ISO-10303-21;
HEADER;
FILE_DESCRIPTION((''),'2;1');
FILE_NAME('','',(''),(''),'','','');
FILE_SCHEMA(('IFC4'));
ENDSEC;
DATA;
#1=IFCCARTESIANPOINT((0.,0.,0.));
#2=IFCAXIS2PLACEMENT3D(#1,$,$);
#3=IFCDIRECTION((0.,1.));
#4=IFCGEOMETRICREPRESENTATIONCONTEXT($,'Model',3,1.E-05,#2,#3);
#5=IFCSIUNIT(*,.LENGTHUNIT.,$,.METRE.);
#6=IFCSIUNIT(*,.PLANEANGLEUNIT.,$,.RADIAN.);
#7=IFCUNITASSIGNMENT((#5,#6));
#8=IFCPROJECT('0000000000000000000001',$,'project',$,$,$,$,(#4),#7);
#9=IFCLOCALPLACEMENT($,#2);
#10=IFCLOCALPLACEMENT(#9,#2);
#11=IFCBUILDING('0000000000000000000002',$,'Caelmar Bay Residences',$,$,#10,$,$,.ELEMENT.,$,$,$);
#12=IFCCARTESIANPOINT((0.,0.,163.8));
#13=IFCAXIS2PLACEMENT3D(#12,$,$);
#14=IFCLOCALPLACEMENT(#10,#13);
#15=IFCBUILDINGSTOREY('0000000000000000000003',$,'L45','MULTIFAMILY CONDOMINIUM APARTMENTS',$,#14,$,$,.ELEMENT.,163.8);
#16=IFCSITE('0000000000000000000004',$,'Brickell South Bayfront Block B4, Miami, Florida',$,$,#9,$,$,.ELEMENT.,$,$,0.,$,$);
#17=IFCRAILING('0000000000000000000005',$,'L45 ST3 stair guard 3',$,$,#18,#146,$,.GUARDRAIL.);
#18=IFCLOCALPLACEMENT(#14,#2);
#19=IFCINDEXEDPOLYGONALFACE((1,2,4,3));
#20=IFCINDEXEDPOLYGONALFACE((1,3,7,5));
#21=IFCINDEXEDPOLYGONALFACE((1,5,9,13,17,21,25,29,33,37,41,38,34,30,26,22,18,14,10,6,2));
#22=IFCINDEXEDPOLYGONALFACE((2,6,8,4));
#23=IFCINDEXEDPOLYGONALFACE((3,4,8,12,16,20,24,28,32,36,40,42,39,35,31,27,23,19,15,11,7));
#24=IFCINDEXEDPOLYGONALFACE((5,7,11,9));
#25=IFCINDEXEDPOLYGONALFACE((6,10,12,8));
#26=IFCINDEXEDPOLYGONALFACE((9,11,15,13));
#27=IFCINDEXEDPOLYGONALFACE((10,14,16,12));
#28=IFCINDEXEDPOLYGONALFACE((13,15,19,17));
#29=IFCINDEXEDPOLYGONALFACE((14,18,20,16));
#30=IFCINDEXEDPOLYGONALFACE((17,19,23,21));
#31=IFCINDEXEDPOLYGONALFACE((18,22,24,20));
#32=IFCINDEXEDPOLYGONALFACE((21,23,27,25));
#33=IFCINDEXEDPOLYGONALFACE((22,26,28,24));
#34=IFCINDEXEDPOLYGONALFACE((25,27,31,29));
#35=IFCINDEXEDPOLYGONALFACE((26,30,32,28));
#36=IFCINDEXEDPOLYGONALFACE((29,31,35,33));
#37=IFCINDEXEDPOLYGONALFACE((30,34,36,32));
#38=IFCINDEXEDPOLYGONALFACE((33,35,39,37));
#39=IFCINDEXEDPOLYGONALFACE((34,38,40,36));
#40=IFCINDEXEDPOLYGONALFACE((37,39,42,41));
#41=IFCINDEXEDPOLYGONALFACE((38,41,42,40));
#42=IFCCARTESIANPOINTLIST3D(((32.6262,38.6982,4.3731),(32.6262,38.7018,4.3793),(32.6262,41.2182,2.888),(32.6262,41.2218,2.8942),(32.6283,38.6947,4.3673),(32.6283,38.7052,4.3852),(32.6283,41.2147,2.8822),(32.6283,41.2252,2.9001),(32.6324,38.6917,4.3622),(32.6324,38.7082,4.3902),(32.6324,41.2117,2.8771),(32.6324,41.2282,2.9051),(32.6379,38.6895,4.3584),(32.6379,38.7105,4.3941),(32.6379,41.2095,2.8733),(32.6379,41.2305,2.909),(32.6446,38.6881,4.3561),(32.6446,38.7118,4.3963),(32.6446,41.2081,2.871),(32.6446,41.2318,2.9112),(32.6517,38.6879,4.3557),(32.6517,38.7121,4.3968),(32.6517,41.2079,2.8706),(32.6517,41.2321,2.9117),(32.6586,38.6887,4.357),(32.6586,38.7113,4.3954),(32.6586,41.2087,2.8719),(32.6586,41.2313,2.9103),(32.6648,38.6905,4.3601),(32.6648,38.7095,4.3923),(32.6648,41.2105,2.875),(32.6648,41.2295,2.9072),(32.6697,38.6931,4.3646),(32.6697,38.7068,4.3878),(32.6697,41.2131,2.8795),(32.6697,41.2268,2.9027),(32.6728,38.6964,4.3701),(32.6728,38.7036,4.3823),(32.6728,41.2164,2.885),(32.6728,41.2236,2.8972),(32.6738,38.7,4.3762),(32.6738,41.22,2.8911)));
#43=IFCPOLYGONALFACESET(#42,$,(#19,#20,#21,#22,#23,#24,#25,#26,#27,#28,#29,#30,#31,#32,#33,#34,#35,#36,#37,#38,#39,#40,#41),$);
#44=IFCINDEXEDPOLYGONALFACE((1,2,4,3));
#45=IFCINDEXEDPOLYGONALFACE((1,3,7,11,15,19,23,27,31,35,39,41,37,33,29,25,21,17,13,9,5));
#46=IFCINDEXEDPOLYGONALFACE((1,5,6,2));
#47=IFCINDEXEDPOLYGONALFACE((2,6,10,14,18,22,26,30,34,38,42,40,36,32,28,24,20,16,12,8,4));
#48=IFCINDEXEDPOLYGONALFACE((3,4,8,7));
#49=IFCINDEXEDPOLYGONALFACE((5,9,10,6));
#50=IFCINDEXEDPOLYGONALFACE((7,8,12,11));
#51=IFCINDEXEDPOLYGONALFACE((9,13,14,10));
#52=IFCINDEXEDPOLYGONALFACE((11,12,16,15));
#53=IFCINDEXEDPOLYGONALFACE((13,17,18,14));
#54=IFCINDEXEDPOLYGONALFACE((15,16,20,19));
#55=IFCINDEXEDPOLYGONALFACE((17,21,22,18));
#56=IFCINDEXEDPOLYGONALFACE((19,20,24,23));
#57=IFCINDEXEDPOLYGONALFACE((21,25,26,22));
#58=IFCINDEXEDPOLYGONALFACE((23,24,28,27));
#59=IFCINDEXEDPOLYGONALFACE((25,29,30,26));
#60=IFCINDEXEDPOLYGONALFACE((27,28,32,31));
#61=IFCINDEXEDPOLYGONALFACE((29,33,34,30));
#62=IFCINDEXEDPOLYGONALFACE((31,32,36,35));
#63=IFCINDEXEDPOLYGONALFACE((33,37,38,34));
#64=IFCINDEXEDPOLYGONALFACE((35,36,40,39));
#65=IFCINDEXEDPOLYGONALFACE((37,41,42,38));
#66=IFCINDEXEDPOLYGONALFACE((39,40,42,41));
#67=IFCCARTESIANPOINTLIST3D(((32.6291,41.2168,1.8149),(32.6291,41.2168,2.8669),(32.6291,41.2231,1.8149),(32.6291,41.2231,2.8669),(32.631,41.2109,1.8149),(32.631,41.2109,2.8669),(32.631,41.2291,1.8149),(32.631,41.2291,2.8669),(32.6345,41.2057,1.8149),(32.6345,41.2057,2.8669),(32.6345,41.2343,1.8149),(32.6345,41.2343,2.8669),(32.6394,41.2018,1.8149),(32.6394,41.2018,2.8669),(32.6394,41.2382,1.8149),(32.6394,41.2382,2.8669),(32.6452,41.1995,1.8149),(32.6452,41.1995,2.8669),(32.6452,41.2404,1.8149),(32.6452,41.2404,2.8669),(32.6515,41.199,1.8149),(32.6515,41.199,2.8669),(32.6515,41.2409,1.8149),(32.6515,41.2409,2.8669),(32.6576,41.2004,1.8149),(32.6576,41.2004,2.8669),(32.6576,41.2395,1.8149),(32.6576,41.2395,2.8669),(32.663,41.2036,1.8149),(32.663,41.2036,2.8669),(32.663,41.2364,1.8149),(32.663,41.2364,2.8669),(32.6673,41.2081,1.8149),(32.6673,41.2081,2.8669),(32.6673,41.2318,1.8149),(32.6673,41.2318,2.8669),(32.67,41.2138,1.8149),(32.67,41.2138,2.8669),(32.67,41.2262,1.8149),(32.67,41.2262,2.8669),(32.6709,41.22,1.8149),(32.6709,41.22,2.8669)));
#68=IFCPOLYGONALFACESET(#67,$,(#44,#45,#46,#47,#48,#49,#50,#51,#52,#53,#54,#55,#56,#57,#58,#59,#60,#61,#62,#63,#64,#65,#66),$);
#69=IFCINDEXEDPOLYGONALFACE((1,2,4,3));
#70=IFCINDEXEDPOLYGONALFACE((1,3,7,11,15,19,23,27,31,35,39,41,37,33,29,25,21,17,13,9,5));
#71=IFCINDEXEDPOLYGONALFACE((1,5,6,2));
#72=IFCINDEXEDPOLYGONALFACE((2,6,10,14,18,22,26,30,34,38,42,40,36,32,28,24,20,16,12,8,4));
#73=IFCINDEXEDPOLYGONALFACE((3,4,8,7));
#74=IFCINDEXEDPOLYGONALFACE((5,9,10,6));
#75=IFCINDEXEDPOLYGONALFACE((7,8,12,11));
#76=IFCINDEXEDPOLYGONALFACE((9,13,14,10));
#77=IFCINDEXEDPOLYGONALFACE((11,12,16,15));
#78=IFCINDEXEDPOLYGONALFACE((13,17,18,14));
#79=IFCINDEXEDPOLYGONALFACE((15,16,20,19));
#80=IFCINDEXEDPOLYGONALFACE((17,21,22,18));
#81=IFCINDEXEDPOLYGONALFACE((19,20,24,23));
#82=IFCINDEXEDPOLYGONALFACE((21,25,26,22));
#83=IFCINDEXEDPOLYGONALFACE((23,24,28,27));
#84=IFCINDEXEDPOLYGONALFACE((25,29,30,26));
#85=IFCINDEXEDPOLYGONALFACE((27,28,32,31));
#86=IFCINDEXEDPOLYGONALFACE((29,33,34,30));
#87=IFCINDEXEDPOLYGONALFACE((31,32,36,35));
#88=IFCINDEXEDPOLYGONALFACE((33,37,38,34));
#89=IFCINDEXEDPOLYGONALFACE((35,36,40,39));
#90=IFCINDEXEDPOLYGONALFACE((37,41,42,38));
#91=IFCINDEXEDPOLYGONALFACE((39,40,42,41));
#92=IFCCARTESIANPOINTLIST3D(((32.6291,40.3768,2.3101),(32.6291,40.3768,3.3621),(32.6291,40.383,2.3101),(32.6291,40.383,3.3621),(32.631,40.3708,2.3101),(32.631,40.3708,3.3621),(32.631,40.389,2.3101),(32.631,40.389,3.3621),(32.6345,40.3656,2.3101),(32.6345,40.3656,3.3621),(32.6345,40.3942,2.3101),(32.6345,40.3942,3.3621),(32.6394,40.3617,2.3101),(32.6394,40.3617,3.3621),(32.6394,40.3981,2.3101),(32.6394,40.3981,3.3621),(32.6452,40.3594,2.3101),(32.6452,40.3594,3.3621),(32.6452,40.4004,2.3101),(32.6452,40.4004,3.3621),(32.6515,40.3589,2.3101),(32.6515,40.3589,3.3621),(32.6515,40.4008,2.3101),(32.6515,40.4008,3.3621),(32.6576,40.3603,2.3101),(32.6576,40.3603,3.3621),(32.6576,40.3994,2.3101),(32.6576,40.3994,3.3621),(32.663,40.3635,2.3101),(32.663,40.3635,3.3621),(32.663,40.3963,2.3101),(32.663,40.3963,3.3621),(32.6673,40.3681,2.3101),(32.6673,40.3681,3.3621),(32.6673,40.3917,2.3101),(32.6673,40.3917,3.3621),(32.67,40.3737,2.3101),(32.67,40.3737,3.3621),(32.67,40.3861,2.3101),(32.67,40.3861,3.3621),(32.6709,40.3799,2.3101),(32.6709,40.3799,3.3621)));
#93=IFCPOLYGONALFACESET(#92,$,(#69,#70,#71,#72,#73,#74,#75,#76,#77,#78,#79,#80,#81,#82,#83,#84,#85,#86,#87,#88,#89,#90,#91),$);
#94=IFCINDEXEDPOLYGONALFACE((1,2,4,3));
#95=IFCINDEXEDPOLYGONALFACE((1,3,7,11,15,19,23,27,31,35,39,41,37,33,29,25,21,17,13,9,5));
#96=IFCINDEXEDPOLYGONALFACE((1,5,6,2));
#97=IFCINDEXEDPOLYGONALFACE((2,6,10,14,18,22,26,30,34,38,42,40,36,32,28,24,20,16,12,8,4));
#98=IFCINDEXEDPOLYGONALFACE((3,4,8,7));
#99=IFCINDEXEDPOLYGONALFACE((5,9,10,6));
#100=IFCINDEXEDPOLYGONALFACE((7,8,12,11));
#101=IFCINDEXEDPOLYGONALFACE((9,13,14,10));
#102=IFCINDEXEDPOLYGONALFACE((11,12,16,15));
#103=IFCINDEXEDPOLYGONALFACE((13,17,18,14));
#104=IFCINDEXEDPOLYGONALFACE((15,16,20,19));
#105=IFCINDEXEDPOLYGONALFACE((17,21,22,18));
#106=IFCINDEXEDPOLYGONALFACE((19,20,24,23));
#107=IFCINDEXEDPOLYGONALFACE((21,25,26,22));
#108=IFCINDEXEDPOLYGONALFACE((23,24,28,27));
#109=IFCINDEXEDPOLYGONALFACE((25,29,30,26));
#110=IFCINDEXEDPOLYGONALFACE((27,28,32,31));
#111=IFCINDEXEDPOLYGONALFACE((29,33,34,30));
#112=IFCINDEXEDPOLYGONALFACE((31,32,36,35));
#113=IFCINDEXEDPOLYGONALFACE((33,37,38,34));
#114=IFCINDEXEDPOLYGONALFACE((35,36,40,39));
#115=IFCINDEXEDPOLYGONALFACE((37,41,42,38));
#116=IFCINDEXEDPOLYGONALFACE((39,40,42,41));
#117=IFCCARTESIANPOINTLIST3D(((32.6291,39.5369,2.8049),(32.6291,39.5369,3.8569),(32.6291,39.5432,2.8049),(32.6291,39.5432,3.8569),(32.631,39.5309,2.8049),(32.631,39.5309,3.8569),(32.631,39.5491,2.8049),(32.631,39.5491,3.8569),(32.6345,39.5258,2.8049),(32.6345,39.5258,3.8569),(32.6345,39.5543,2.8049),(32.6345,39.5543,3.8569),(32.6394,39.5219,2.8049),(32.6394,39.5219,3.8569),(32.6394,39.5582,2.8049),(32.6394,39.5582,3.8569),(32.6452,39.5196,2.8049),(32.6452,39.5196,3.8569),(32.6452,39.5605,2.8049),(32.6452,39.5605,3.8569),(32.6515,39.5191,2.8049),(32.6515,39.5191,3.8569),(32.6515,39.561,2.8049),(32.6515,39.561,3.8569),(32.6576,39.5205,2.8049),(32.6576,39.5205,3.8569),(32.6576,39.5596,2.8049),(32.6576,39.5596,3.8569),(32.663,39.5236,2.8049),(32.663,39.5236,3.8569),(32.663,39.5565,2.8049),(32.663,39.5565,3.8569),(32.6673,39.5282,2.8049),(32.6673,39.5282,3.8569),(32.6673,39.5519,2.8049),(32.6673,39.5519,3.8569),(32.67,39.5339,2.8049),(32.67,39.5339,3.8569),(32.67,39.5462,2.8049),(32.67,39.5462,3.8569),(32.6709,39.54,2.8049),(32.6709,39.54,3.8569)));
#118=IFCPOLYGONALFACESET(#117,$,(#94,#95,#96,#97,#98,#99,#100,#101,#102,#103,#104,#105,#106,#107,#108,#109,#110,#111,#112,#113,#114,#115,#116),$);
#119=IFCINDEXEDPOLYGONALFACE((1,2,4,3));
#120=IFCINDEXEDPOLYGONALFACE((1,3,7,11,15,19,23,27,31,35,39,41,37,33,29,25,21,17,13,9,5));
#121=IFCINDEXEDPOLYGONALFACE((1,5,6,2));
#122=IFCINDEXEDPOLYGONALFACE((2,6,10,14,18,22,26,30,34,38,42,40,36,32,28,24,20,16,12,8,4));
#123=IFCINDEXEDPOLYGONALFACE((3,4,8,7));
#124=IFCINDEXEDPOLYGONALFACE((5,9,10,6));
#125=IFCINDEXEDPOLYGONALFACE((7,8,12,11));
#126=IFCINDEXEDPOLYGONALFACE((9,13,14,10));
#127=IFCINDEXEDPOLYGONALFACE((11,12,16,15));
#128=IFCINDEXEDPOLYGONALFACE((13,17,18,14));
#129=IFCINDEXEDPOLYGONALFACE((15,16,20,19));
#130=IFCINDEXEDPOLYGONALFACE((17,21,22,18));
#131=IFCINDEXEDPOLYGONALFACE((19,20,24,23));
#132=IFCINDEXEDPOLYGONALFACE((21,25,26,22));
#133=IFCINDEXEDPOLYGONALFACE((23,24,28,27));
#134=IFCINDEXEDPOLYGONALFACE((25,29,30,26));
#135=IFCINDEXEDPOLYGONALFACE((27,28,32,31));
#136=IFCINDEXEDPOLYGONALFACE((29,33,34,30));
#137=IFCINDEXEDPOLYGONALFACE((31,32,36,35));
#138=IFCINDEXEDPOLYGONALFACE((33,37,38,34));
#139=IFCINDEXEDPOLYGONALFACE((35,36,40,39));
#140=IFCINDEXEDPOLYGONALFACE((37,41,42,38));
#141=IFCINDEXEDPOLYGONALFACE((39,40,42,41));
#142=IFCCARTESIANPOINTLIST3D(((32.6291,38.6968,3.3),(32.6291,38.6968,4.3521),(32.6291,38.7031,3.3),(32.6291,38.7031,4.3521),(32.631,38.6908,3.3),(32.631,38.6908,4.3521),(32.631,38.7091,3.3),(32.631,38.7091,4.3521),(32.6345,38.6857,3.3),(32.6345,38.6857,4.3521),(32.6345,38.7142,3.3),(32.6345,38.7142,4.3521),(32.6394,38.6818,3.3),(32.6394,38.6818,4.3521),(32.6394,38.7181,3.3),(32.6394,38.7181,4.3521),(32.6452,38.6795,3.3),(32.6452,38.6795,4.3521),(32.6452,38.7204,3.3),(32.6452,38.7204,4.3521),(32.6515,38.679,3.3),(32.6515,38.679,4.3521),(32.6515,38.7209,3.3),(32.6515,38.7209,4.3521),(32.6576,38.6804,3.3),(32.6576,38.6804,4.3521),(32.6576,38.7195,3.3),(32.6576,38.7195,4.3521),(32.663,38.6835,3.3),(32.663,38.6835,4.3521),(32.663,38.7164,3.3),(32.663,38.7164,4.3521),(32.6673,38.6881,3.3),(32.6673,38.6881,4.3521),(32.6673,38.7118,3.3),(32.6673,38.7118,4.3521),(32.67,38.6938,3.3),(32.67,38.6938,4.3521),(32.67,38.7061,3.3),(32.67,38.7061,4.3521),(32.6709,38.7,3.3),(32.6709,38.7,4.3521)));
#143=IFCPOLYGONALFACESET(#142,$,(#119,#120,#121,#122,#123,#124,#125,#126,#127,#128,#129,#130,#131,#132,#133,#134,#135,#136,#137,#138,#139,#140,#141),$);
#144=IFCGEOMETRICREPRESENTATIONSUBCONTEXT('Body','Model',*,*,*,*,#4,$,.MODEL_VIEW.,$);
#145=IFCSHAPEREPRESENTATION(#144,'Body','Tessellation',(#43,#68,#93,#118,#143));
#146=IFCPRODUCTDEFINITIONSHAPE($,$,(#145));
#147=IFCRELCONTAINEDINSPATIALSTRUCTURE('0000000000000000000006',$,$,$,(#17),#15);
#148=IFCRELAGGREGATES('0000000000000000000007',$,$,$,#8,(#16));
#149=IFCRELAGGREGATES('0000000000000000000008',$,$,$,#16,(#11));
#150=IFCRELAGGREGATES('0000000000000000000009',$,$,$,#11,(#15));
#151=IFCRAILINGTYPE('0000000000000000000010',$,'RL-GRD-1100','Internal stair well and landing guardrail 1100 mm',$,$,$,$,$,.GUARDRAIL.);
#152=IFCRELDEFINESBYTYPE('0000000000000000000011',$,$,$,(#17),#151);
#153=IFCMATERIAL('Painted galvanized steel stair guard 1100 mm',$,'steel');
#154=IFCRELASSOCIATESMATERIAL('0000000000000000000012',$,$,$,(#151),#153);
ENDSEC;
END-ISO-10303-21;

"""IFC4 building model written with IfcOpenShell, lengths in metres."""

from ifc_helpers import new_model, si_unit, direction, frame, origin, origin_2d, place, context, subcontext, project, spatial, circle, extrude, material, type_object, element, save


model = new_model("IFC4")

# Units and contexts
model_context = context("Model", 3, precision=1e-05, world=origin(), true_north=direction((0.0, 1.0)))
body_context = subcontext(model_context, "Body", "Model", "MODEL_VIEW")
ifc_project = project(units=[si_unit("LENGTHUNIT", "METRE"), si_unit("PLANEANGLEUNIT", "RADIAN")], contexts=[model_context])

# Site, building, storey
site_placement = place(None, origin())
site = spatial("IfcSite", under=ifc_project, at=site_placement, Name="Brickell South Bayfront Block B4, Miami, Florida", CompositionType="ELEMENT", RefElevation=0.0)
building_placement = place(site_placement, origin())
building = spatial("IfcBuilding", under=site, at=building_placement, Name="Caelmar Bay Residences", CompositionType="ELEMENT")
storey_placement = place(building_placement, frame((0.0, 0.0, 163.8)))
storey = spatial("IfcBuildingStorey", under=building, at=storey_placement, Name="L45", Description="MULTIFAMILY CONDOMINIUM APARTMENTS", CompositionType="ELEMENT", Elevation=163.8)

# Railing
ifc_material_1 = material(Name="Painted galvanized steel stair guard 1100 mm", Category="steel")
railing_type_1 = type_object("IfcRailingType", Name="RL-GRD-1100", Description="Internal stair well and landing guardrail 1100 mm", PredefinedType="GUARDRAIL", material=ifc_material_1)
railing_1_placement = place(storey_placement, frame((32.6499, 41.22, 1.8149)))
element("IfcRailing", 1, at=railing_1_placement, inside=storey, type_object=railing_type_1, Name="L45 ST3 stair guard 3", PredefinedType="GUARDRAIL", context=body_context, shape_type="SweptSolid", body=[
    extrude(circle(Radius=0.0239, at=origin_2d()), frame((0.0, 0.0, 1.0762), z_axis=(0.0, -0.861524, 0.507717), x_axis=(1.0, 0.0, 0.0)), (0.0, 0.0, 1.0), 2.925),
    extrude(circle(Radius=0.021, at=origin_2d()), origin(), (0.0, 0.0, 1.0), 1.052),
    extrude(circle(Radius=0.021, at=origin_2d()), frame((0.0, -0.8401, 0.4951)), (0.0, 0.0, 1.0), 1.052),
    extrude(circle(Radius=0.021, at=origin_2d()), frame((0.0, -1.6799, 0.99)), (0.0, 0.0, 1.0), 1.052),
    extrude(circle(Radius=0.021, at=origin_2d()), frame((0.0, -2.52, 1.4851)), (0.0, 0.0, 1.0), 1.052),
])

save(model, "model.ifc")
